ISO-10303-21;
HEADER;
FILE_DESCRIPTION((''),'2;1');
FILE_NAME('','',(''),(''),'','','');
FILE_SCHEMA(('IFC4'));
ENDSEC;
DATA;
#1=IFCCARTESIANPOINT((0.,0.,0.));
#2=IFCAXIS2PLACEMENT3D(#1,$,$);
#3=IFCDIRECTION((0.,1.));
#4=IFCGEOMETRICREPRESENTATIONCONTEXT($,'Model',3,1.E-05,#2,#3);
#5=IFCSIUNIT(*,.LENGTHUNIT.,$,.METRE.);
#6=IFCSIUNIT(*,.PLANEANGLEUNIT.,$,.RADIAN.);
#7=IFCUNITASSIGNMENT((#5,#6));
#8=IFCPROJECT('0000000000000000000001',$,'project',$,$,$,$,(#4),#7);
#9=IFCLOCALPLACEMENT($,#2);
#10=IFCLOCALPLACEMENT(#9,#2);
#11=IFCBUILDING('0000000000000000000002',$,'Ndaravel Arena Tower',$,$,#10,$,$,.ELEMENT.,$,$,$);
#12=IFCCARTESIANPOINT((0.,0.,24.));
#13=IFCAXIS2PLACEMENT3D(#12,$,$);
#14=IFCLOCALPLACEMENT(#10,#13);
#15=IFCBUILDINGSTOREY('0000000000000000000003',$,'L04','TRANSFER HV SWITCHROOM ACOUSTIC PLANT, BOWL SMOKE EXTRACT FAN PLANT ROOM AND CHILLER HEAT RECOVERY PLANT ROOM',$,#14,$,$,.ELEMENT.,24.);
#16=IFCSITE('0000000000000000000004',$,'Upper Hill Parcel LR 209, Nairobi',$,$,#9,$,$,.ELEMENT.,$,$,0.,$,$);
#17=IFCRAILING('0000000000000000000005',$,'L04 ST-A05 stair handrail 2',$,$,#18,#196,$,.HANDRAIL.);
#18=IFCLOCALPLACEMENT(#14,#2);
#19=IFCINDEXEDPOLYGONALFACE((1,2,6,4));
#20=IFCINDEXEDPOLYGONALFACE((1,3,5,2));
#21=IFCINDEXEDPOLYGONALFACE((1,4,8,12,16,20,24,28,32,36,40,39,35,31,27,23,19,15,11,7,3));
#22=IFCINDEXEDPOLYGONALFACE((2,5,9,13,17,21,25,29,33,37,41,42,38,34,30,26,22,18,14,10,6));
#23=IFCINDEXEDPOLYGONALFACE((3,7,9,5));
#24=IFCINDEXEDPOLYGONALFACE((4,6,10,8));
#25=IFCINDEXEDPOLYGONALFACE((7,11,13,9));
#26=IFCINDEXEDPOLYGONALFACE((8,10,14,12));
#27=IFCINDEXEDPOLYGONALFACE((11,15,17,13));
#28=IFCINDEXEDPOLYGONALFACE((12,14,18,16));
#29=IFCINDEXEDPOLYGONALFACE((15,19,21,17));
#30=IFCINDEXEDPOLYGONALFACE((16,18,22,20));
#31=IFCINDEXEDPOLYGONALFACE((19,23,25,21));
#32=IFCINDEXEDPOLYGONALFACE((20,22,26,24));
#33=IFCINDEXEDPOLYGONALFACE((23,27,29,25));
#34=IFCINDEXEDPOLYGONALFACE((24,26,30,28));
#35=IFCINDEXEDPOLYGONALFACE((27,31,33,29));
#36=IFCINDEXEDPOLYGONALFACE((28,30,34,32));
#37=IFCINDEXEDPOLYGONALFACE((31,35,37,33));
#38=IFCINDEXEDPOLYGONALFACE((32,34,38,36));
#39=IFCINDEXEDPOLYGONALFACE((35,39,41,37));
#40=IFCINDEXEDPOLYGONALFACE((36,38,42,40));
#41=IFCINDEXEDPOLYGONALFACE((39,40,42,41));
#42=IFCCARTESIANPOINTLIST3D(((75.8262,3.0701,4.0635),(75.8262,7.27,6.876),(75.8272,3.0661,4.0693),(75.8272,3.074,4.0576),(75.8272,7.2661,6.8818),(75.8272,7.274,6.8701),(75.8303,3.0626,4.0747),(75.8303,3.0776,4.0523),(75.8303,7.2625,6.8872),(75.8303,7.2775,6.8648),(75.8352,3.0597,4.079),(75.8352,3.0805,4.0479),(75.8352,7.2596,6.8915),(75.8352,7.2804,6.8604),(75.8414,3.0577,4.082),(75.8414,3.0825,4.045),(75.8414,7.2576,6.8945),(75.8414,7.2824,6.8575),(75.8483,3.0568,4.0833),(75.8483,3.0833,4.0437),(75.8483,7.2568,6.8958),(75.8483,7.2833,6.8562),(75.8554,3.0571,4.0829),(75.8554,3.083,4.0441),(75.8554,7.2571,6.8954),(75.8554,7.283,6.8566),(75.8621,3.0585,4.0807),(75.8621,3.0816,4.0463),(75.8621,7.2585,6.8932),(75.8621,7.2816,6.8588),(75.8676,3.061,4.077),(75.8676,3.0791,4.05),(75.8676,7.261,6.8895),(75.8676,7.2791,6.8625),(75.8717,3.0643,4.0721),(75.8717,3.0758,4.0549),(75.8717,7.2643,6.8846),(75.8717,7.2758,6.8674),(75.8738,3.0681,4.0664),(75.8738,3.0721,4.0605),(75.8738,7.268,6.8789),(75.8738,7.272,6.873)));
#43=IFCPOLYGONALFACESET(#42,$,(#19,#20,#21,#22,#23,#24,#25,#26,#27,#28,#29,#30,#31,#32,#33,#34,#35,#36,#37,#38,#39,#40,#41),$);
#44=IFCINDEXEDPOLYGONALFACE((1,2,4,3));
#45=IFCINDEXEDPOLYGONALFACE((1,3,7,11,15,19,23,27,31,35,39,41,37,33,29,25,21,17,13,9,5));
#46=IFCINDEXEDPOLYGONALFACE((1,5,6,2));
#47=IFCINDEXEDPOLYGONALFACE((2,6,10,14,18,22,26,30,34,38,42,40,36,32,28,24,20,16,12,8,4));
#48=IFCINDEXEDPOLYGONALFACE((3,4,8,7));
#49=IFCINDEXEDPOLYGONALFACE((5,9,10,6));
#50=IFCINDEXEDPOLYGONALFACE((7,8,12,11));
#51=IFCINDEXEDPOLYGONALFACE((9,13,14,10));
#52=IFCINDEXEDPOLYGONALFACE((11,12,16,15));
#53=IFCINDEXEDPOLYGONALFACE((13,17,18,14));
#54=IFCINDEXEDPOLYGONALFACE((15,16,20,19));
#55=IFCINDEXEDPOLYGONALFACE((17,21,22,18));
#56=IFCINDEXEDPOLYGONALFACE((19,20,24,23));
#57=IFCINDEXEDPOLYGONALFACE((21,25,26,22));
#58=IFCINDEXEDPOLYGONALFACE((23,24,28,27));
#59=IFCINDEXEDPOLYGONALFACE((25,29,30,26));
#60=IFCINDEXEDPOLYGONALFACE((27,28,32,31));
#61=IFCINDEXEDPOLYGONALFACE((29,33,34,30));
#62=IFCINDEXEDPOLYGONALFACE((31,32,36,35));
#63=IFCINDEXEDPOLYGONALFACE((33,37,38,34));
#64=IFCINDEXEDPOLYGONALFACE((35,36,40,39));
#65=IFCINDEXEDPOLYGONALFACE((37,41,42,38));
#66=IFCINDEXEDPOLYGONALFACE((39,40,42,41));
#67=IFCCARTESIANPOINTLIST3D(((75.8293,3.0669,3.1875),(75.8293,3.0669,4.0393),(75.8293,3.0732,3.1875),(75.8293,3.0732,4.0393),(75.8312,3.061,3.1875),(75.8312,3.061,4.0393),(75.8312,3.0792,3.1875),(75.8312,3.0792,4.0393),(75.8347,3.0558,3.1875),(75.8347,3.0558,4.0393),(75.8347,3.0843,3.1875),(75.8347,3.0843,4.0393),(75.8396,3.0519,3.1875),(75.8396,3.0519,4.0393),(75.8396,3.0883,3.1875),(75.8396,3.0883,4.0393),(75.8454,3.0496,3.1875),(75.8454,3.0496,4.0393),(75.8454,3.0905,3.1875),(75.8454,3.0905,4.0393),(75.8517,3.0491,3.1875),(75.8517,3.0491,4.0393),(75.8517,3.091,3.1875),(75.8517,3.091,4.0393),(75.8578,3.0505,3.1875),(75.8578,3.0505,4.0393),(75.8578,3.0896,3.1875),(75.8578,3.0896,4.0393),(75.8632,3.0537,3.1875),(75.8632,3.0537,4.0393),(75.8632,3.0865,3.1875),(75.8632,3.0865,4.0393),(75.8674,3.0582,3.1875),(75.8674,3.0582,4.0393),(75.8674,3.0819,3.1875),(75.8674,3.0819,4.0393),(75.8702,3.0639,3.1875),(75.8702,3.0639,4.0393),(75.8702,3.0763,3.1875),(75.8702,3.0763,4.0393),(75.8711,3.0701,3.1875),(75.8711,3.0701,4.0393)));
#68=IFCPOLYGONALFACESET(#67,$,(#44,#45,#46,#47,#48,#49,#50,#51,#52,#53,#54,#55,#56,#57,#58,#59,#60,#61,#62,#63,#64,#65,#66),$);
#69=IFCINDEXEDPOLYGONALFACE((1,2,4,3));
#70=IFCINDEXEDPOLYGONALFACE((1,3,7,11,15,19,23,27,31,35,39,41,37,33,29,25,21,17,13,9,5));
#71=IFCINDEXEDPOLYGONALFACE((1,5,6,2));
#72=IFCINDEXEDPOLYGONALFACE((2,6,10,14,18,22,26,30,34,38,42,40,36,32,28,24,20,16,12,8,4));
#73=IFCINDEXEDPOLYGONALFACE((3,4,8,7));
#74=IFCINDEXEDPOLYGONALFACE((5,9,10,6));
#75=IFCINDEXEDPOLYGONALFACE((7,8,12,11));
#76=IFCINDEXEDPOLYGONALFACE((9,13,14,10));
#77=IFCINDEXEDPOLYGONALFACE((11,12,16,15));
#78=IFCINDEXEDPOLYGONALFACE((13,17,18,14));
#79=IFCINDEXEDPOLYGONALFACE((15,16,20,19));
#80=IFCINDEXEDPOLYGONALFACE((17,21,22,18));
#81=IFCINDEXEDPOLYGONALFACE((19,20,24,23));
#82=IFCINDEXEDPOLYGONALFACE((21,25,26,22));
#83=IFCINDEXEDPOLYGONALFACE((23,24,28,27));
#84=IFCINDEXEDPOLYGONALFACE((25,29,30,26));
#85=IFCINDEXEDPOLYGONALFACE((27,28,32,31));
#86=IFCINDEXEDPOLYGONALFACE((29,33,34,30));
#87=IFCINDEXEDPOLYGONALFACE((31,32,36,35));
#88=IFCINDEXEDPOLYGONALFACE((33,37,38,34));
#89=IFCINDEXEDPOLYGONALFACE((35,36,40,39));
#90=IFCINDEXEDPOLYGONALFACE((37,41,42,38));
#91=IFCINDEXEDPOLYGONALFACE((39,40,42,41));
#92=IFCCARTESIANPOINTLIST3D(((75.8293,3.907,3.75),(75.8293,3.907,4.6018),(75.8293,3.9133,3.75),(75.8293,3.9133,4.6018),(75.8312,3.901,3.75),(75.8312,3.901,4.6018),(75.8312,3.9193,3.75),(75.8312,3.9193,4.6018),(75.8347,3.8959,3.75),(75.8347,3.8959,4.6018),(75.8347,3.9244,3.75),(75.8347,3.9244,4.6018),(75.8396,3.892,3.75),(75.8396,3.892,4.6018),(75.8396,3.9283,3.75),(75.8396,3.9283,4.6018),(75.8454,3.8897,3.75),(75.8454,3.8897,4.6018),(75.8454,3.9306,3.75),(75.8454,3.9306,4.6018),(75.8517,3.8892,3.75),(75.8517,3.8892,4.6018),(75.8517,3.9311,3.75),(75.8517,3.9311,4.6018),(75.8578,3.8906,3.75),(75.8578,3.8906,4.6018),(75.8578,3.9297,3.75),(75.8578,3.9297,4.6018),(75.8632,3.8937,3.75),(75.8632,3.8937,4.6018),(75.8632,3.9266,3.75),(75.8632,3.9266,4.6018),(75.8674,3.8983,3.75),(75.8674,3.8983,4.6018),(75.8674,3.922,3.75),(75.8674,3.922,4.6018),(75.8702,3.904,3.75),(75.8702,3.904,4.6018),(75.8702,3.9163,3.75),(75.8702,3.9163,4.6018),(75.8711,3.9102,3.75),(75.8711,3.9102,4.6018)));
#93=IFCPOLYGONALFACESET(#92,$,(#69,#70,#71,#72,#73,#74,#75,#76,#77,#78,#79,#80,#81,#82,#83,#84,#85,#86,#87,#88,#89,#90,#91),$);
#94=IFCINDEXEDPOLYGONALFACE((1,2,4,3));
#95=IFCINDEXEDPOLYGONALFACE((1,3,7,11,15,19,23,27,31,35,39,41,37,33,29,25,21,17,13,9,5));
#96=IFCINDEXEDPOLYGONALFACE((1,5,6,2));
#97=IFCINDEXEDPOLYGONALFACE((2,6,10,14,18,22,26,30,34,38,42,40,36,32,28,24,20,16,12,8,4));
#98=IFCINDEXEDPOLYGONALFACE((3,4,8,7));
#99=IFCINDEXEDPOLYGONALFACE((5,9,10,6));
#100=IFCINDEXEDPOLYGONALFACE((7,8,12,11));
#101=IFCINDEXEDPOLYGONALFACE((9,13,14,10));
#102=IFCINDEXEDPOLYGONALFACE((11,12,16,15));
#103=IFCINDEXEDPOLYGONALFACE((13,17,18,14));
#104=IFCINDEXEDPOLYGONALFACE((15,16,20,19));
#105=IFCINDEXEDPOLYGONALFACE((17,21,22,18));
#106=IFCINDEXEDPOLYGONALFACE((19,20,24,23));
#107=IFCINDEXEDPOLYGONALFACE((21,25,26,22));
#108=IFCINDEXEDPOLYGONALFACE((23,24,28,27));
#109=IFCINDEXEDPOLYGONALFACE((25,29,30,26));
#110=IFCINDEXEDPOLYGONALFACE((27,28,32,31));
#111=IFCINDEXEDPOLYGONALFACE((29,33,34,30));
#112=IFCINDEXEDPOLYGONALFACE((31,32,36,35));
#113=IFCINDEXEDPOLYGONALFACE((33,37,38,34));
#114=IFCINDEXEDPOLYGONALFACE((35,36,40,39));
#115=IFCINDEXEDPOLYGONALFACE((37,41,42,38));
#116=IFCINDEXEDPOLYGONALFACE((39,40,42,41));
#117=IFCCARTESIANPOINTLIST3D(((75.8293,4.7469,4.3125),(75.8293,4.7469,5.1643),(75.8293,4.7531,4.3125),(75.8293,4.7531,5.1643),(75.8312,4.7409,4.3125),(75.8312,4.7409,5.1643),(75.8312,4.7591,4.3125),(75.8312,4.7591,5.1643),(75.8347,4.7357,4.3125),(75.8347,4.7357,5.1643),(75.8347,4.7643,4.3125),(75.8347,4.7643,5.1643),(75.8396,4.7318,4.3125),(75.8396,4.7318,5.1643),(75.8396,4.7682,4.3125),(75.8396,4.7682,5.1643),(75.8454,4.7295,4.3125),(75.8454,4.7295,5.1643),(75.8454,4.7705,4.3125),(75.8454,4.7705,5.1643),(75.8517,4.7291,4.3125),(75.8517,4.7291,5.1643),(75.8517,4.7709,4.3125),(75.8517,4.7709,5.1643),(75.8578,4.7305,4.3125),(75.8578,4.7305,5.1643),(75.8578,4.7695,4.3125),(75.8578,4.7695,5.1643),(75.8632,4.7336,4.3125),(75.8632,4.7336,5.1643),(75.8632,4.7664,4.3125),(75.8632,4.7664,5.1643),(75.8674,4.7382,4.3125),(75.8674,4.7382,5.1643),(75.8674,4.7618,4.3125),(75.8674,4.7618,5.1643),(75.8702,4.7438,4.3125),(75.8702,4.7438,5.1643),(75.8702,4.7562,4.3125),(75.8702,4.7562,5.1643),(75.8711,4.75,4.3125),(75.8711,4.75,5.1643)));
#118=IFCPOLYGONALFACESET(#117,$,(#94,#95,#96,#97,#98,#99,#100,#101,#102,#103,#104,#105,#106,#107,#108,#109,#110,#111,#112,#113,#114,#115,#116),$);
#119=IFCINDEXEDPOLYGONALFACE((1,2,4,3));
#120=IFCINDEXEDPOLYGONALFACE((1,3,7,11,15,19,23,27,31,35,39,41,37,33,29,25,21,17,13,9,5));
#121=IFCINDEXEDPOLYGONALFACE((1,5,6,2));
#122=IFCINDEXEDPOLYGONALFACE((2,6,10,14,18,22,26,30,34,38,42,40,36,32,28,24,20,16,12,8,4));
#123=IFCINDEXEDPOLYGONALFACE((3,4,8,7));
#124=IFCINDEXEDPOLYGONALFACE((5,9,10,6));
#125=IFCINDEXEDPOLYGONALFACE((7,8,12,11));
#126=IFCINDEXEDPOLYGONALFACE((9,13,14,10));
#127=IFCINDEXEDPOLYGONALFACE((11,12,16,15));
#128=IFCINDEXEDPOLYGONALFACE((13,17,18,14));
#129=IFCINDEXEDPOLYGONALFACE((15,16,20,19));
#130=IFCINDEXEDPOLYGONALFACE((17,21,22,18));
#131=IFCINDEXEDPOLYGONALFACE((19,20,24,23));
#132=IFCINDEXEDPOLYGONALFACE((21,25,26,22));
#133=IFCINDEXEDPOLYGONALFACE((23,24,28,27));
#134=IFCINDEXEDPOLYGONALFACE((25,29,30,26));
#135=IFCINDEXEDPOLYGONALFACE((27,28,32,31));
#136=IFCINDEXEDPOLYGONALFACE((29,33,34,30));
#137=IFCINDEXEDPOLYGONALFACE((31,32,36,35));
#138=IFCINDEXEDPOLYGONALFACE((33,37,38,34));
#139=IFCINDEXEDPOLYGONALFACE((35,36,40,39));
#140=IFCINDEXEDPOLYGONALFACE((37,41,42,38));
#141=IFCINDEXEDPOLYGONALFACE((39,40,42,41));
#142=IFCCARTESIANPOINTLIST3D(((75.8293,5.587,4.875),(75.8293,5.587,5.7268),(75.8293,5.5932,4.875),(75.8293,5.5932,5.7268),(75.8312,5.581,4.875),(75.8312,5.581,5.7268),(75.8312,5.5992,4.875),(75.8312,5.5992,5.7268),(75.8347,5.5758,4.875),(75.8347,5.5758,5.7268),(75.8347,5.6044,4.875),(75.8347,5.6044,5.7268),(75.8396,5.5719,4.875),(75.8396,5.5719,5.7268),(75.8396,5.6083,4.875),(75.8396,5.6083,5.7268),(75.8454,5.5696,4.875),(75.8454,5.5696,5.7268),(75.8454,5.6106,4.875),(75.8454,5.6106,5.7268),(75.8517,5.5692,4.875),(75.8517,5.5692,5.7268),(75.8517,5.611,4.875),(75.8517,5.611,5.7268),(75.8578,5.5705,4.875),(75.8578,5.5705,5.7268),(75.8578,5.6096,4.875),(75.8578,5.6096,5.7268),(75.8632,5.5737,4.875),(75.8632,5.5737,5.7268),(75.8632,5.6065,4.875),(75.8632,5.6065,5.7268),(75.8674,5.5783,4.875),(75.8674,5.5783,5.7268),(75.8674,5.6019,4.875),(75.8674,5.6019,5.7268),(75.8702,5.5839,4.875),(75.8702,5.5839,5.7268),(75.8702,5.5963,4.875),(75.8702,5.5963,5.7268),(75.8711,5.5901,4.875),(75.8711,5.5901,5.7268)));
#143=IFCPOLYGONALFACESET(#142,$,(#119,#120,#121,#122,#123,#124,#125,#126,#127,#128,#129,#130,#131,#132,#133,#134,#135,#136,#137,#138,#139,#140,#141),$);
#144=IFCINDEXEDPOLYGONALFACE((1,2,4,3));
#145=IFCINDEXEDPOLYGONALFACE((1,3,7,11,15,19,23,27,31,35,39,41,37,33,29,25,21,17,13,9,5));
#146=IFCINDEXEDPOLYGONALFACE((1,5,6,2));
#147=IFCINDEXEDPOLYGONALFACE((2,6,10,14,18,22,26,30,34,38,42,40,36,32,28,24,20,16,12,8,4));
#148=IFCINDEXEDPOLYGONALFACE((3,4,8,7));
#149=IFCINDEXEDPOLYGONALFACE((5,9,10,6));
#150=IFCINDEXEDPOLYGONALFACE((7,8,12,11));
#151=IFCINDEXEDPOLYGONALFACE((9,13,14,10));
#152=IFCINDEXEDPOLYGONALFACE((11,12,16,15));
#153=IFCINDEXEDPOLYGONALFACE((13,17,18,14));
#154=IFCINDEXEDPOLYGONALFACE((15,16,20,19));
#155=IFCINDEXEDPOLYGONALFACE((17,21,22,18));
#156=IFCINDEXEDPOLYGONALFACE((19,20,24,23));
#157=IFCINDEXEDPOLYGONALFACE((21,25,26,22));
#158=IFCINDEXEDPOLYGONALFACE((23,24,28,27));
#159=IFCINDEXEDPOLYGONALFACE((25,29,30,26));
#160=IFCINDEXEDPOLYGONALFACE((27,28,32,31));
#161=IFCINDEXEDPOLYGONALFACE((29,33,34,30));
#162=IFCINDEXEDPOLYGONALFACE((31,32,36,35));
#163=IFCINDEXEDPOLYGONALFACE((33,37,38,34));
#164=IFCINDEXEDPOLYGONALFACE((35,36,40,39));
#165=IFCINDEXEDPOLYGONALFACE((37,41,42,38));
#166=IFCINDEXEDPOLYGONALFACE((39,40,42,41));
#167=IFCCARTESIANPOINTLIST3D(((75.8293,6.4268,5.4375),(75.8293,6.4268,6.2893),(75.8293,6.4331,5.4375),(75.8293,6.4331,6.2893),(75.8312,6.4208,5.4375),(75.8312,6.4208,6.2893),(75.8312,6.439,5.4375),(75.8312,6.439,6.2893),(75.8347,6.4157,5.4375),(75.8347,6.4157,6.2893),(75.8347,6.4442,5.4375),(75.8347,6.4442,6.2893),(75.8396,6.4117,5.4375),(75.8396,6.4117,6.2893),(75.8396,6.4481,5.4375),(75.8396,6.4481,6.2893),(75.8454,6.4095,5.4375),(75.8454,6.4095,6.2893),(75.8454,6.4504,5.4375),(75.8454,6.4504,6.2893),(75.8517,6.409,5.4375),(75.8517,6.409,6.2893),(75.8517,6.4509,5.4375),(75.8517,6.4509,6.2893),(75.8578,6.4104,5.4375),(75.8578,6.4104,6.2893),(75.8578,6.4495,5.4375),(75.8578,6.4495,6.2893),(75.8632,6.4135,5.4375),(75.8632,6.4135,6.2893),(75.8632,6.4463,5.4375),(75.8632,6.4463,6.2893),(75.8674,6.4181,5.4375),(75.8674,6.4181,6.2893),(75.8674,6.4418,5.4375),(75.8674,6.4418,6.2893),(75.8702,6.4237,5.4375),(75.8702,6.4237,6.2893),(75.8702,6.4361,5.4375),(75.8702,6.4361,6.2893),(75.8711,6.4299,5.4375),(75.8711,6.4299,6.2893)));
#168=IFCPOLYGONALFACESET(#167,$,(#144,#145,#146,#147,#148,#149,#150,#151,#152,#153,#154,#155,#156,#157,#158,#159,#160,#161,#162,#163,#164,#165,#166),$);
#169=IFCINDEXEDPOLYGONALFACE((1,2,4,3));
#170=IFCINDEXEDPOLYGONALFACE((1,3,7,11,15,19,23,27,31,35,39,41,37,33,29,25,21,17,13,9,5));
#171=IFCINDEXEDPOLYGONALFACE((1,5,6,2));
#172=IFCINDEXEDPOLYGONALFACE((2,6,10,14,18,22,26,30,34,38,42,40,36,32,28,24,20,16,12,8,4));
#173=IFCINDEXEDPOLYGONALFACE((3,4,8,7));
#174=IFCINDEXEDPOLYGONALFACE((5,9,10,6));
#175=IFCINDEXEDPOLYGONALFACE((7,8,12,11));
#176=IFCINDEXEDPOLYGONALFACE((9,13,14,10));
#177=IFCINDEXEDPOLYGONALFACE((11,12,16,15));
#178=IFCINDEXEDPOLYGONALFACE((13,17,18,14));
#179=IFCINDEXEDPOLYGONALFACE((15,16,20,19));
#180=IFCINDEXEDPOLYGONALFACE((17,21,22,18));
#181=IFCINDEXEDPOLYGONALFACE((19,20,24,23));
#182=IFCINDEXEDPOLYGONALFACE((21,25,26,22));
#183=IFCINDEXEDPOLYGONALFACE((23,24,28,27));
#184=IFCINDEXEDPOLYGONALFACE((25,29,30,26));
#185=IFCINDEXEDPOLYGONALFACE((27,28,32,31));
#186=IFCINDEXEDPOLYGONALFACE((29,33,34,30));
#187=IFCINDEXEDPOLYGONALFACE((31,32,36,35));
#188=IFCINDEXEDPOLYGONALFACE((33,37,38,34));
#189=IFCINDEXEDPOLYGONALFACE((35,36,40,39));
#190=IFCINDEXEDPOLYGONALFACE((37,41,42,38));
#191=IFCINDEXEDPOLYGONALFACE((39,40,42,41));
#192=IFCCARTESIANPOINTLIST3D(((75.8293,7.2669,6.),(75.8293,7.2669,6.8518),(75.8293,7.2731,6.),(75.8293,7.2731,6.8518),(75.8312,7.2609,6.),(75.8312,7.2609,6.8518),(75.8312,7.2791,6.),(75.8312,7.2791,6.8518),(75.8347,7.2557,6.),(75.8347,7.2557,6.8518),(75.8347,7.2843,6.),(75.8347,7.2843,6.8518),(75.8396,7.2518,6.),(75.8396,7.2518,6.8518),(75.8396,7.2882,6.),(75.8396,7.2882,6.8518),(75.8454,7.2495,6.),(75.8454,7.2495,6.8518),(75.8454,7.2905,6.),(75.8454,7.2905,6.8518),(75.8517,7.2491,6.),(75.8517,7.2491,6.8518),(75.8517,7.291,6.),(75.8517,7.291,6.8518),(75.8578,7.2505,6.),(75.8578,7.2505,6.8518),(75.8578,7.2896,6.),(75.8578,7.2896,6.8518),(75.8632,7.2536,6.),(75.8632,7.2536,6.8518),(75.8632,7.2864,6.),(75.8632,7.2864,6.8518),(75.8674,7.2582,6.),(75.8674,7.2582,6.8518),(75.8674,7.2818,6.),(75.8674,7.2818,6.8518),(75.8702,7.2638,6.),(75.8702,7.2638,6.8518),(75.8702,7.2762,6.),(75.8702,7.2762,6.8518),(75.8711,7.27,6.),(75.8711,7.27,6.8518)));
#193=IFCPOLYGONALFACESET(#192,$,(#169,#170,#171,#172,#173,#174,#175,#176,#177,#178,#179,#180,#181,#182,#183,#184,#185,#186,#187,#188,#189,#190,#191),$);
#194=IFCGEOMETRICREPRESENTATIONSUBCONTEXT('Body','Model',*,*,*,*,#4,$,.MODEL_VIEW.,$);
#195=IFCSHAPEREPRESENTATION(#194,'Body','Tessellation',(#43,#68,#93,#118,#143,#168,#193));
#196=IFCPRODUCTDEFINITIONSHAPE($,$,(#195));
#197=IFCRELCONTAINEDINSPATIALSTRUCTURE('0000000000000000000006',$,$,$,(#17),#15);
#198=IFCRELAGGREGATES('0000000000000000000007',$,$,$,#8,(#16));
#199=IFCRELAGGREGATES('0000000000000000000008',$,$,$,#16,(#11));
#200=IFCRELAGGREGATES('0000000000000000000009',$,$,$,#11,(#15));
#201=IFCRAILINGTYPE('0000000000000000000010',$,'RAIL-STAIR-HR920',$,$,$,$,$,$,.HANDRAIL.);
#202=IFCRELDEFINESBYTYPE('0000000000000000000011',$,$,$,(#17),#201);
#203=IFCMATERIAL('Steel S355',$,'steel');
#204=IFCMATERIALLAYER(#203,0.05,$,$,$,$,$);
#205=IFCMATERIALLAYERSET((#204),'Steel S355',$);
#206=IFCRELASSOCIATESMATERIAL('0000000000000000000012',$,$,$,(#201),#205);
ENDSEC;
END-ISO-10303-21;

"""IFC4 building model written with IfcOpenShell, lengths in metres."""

from ifc_helpers import new_model, si_unit, direction, frame, origin, origin_2d, place, context, subcontext, project, spatial, circle, extrude, material, layer, layer_set, type_object, element, save


model = new_model("IFC4")

# Units and contexts
model_context = context("Model", 3, precision=1e-05, world=origin(), true_north=direction((0.0, 1.0)))
body_context = subcontext(model_context, "Body", "Model", "MODEL_VIEW")
ifc_project = project(units=[si_unit("LENGTHUNIT", "METRE"), si_unit("PLANEANGLEUNIT", "RADIAN")], contexts=[model_context])

# Site, building, storey
site_placement = place(None, origin())
site = spatial("IfcSite", under=ifc_project, at=site_placement, Name="Upper Hill Parcel LR 209, Nairobi", CompositionType="ELEMENT", RefElevation=0.0)
building_placement = place(site_placement, origin())
building = spatial("IfcBuilding", under=site, at=building_placement, Name="Ndaravel Arena Tower", CompositionType="ELEMENT")
storey_placement = place(building_placement, frame((0.0, 0.0, 24.0)))
storey = spatial("IfcBuildingStorey", under=building, at=storey_placement, Name="L04", Description="TRANSFER HV SWITCHROOM ACOUSTIC PLANT, BOWL SMOKE EXTRACT FAN PLANT ROOM AND CHILLER HEAT RECOVERY PLANT ROOM", CompositionType="ELEMENT", Elevation=24.0)

# Railing
ifc_material_1 = material(Name="Steel S355", Category="steel")
ifc_layer_1 = layer(ifc_material_1, 0.05)
ifc_layer_set_1 = layer_set([ifc_layer_1], Name="Steel S355")
railing_type_1 = type_object("IfcRailingType", Name="RAIL-STAIR-HR920", PredefinedType="HANDRAIL", material=ifc_layer_set_1)
railing_1_placement = place(storey_placement, frame((75.8501, 3.0701, 3.1875)))
element("IfcRailing", 1, at=railing_1_placement, inside=storey, type_object=railing_type_1, Name="L04 ST-A05 stair handrail 2", PredefinedType="HANDRAIL", context=body_context, shape_type="SweptSolid", body=[
    extrude(circle(Radius=0.0239, at=origin_2d()), frame((0.0, 0.0, 0.876), z_axis=(0.0, 0.830904, 0.556416), x_axis=(-1.0, 0.0, 0.0)), (0.0, 0.0, 1.0), 5.0547),
    extrude(circle(Radius=0.021, at=origin_2d()), origin(), (0.0, 0.0, 1.0), 0.8518),
    extrude(circle(Radius=0.021, at=origin_2d()), frame((0.0, 0.8401, 0.5625)), (0.0, 0.0, 1.0), 0.8518),
    extrude(circle(Radius=0.021, at=origin_2d()), frame((0.0, 1.6799, 1.125)), (0.0, 0.0, 1.0), 0.8518),
    extrude(circle(Radius=0.021, at=origin_2d()), frame((0.0, 2.52, 1.6875)), (0.0, 0.0, 1.0), 0.8518),
    extrude(circle(Radius=0.021, at=origin_2d()), frame((0.0, 3.3599, 2.25)), (0.0, 0.0, 1.0), 0.8518),
    extrude(circle(Radius=0.021, at=origin_2d()), frame((0.0, 4.2, 2.8125)), (0.0, 0.0, 1.0), 0.8518),
])

save(model, "model.ifc")
